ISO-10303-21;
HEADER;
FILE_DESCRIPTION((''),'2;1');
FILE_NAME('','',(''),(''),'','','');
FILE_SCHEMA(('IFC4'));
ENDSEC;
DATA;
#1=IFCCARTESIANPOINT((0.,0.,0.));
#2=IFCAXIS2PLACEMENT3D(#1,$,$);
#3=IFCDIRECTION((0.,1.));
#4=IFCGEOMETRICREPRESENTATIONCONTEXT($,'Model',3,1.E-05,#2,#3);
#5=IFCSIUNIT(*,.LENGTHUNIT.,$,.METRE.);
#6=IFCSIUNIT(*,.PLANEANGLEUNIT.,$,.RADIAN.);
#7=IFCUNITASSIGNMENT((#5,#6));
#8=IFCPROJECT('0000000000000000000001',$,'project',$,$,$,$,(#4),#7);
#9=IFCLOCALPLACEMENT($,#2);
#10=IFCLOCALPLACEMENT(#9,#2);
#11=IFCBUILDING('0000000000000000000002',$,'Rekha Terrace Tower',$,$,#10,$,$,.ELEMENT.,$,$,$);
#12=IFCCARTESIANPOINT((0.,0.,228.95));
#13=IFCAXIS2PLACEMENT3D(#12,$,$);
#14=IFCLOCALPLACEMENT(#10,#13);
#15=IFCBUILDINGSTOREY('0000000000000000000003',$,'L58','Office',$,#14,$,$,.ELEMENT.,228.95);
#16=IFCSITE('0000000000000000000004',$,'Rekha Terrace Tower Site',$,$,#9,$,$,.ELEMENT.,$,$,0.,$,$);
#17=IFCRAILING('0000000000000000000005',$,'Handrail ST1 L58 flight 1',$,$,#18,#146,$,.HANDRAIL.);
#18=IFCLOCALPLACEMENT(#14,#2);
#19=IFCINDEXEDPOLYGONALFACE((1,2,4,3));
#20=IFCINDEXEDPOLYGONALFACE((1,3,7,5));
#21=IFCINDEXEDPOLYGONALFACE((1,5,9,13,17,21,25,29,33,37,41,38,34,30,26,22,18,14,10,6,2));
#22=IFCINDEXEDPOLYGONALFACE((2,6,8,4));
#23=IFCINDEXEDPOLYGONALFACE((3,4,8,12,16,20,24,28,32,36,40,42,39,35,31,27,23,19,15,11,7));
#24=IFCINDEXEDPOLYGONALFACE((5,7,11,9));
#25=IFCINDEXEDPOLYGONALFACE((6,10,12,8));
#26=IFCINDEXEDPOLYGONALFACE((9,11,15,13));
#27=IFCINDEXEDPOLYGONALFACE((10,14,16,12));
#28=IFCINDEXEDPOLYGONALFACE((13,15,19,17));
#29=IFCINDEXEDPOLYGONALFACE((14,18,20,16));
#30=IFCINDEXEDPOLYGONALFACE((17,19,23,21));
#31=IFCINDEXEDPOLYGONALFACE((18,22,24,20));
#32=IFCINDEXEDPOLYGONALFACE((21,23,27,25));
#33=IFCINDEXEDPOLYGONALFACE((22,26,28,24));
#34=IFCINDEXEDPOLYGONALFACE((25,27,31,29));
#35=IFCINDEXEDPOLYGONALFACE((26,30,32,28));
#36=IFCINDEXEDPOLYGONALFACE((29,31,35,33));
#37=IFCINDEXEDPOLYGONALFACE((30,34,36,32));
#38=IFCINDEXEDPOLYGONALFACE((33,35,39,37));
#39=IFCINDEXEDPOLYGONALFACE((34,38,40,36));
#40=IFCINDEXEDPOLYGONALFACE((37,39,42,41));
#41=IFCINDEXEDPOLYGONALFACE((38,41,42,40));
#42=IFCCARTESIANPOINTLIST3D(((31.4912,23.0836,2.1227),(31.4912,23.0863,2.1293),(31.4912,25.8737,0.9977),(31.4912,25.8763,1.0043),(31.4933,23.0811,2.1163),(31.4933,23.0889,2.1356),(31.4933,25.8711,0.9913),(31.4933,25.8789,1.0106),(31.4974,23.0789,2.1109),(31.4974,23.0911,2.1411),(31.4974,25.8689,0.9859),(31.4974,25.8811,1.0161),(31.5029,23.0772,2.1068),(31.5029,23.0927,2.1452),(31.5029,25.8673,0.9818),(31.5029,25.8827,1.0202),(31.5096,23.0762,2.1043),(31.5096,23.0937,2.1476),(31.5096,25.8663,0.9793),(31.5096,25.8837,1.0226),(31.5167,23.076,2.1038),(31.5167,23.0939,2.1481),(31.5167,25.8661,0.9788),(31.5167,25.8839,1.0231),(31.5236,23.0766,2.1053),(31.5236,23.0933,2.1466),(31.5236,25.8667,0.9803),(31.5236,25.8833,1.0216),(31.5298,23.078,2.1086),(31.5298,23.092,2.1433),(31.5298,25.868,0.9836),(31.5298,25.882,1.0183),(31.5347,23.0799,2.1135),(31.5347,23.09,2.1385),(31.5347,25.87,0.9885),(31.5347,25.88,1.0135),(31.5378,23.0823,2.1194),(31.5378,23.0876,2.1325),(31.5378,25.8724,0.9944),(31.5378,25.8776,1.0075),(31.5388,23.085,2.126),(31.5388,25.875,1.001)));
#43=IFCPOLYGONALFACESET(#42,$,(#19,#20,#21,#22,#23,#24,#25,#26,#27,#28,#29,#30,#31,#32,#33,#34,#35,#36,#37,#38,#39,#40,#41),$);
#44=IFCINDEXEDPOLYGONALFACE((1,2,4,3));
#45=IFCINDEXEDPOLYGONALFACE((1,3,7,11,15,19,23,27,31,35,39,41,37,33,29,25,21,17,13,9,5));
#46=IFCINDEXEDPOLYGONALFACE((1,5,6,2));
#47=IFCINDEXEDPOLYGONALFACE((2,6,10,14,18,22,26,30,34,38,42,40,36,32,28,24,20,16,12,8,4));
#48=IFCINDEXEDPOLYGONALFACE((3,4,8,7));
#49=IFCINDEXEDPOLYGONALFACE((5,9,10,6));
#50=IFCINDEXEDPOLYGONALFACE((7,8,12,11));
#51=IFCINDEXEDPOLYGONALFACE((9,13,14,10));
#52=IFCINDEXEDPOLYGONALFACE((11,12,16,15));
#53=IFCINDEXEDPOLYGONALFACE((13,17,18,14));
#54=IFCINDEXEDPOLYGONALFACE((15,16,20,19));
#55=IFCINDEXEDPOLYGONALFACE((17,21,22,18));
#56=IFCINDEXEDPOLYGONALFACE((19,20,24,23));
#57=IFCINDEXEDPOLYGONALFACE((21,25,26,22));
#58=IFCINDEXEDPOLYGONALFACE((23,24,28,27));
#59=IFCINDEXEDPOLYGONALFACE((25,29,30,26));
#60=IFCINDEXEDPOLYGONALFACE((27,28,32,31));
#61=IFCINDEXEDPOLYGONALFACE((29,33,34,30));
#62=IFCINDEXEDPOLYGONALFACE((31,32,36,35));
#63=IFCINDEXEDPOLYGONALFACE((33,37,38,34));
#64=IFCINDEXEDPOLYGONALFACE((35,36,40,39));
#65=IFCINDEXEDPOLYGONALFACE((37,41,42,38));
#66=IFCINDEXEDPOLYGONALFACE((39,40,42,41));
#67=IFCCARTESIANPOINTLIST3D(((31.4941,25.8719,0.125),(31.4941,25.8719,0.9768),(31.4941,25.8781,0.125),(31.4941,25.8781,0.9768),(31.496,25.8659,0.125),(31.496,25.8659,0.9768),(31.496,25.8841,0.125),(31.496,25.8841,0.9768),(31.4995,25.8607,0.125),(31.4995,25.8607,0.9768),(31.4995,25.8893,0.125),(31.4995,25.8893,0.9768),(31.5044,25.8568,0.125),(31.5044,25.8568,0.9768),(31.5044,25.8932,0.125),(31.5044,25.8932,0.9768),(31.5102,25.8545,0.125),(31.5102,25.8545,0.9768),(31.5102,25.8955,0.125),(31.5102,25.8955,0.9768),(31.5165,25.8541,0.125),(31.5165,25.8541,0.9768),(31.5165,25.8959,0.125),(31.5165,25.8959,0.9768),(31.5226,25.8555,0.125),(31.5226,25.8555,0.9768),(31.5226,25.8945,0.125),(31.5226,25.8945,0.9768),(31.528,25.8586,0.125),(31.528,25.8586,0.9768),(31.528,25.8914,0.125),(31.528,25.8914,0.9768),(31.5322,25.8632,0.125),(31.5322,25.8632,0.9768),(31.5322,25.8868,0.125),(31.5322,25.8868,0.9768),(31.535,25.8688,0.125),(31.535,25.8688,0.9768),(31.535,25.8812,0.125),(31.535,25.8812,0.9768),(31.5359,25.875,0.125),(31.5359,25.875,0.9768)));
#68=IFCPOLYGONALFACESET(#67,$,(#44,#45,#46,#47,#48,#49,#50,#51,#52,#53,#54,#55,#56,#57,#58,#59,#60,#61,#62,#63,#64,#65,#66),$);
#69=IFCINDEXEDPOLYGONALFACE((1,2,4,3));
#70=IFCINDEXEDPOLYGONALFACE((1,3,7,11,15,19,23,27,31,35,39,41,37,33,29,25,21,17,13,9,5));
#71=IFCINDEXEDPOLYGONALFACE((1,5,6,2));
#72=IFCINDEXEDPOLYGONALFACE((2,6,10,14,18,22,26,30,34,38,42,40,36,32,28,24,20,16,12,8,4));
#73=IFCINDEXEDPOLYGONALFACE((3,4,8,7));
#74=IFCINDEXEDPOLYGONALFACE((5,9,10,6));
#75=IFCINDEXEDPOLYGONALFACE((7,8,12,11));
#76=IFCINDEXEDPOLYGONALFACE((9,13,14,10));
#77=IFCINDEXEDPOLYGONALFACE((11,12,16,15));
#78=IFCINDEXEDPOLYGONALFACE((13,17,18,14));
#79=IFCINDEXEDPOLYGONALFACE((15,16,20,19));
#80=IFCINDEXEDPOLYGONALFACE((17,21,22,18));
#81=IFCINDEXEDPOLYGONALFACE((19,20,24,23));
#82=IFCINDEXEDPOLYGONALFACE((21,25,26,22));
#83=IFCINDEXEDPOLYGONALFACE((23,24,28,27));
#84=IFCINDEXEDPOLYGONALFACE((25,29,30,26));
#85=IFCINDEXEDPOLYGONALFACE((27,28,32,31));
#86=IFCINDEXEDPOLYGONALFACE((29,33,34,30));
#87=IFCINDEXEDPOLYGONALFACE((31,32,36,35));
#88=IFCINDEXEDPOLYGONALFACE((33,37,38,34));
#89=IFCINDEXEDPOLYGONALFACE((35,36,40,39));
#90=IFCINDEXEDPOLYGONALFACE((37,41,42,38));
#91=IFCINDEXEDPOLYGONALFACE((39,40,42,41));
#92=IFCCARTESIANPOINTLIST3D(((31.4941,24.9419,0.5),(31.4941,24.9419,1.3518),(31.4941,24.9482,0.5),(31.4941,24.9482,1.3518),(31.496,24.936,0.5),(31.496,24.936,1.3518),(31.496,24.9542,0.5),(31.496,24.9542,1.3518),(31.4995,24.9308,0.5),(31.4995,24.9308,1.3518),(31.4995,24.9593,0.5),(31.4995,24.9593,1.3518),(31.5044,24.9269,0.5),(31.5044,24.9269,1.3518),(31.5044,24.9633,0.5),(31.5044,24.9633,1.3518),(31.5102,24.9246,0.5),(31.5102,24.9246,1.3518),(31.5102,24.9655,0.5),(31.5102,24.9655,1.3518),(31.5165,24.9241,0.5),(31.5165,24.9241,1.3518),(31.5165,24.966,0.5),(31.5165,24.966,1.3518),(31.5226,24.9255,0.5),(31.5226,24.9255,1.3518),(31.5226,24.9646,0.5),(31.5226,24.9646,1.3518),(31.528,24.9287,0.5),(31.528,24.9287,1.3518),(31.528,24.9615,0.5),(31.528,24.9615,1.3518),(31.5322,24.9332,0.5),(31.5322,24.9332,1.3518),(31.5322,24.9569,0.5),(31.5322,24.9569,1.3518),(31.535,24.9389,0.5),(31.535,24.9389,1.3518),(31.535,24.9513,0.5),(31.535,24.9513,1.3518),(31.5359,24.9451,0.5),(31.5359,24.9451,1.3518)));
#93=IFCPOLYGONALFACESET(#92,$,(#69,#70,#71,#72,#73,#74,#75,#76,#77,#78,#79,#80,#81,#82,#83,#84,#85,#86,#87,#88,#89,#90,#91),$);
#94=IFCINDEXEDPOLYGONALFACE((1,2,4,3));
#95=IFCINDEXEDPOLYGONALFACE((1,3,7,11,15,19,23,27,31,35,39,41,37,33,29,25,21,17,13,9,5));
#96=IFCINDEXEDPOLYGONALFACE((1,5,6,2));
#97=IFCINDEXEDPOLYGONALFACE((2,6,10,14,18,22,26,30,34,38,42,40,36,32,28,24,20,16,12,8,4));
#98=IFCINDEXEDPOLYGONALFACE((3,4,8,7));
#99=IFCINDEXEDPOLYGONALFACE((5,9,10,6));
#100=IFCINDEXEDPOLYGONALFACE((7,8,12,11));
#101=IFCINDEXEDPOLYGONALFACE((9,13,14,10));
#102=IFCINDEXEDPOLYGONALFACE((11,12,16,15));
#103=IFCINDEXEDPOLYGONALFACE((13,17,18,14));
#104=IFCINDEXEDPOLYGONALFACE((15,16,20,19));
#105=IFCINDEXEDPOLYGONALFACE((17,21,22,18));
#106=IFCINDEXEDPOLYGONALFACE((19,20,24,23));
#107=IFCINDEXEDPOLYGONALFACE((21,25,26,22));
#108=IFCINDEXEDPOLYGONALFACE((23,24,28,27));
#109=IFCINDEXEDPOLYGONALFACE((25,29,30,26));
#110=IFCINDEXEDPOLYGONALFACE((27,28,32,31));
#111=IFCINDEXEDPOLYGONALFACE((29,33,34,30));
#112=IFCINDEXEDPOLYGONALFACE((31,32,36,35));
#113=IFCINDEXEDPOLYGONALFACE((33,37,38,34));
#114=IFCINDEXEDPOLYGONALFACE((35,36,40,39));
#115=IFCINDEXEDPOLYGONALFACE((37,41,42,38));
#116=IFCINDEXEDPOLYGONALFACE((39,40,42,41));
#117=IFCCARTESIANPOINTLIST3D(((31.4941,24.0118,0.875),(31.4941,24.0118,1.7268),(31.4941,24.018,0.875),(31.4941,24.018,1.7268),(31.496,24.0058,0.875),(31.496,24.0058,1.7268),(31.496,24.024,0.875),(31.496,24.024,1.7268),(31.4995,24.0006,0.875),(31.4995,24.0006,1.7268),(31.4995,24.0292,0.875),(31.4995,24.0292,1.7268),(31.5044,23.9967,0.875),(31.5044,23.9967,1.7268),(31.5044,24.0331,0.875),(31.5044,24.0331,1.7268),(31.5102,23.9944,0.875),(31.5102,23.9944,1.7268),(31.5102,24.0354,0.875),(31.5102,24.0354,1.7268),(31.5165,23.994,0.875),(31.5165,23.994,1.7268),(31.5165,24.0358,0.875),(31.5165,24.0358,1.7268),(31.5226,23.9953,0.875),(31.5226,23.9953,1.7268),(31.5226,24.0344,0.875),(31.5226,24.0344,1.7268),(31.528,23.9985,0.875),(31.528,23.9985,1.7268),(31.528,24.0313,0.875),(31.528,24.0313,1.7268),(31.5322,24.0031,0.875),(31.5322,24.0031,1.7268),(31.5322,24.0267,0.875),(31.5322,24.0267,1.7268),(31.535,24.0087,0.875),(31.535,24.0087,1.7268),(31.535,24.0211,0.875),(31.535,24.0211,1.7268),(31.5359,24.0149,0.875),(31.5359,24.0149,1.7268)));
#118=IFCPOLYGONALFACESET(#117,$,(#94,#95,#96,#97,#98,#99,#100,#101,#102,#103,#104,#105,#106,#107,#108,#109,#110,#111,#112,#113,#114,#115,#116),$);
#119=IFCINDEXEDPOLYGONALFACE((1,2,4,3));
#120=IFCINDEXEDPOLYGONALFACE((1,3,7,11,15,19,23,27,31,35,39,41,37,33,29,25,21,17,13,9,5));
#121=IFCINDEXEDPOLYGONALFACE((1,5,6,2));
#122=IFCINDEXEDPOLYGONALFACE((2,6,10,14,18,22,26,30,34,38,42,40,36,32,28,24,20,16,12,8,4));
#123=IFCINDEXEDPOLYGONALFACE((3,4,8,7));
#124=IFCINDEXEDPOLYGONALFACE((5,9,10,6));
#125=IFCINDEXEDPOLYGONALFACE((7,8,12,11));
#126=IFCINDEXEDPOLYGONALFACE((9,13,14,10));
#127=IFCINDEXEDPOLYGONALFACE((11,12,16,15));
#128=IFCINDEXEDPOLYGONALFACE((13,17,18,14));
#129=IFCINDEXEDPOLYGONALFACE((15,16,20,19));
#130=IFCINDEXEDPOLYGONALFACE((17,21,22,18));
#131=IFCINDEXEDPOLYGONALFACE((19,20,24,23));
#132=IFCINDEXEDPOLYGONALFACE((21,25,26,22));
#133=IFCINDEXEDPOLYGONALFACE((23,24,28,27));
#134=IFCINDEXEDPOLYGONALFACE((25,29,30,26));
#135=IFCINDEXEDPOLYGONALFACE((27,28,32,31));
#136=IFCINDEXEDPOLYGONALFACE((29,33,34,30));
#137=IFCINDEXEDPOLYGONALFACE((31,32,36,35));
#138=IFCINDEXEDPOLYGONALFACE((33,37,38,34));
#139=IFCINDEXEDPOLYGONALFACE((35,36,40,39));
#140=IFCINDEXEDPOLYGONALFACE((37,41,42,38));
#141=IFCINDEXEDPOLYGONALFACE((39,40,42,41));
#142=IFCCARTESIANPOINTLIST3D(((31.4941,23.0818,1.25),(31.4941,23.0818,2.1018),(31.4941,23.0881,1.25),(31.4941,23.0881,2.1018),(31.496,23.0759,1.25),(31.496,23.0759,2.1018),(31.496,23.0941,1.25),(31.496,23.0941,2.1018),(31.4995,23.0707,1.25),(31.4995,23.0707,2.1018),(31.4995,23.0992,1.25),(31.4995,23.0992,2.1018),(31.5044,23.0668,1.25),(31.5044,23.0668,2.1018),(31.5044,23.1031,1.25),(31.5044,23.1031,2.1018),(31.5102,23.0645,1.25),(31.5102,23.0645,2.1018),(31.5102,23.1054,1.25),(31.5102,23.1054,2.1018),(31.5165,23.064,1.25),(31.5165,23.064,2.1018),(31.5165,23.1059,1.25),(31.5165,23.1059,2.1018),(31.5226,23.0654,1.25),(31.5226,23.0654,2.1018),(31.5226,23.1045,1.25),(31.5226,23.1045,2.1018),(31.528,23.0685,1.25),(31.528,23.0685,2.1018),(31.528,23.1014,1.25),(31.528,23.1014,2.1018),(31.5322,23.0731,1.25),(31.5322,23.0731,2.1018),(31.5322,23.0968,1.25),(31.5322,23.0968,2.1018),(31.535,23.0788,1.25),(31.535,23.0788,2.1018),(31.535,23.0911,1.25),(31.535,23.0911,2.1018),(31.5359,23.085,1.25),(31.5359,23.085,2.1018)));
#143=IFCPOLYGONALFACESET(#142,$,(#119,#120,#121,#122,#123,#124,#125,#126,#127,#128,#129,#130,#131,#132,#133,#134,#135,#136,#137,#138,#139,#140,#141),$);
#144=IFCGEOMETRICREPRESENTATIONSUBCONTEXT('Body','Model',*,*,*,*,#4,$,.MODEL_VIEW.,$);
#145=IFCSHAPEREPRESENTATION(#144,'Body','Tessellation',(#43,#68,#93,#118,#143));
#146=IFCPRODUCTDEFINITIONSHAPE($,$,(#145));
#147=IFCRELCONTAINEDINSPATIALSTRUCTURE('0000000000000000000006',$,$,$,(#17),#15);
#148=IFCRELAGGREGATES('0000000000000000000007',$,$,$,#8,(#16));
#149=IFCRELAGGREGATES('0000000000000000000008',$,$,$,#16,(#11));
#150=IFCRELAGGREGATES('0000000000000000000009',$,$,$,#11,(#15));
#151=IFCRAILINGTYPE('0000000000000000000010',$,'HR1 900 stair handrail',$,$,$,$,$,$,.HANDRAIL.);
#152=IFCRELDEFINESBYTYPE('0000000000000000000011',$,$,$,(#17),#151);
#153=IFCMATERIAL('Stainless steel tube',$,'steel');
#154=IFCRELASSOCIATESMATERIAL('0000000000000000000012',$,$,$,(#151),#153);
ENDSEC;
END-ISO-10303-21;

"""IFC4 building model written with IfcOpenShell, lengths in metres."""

from ifc_helpers import new_model, si_unit, direction, frame, origin, origin_2d, place, context, subcontext, project, spatial, circle, extrude, material, type_object, element, save


model = new_model("IFC4")

# Units and contexts
model_context = context("Model", 3, precision=1e-05, world=origin(), true_north=direction((0.0, 1.0)))
body_context = subcontext(model_context, "Body", "Model", "MODEL_VIEW")
ifc_project = project(units=[si_unit("LENGTHUNIT", "METRE"), si_unit("PLANEANGLEUNIT", "RADIAN")], contexts=[model_context])

# Site, building, storey
site_placement = place(None, origin())
site = spatial("IfcSite", under=ifc_project, at=site_placement, Name="Rekha Terrace Tower Site", CompositionType="ELEMENT", RefElevation=0.0)
building_placement = place(site_placement, origin())
building = spatial("IfcBuilding", under=site, at=building_placement, Name="Rekha Terrace Tower", CompositionType="ELEMENT")
storey_placement = place(building_placement, frame((0.0, 0.0, 228.95)))
storey = spatial("IfcBuildingStorey", under=building, at=storey_placement, Name="L58", Description="Office", CompositionType="ELEMENT", Elevation=228.95)

# Railing
ifc_material_1 = material(Name="Stainless steel tube", Category="steel")
railing_type = type_object("IfcRailingType", Name="HR1 900 stair handrail", PredefinedType="HANDRAIL", material=ifc_material_1)
railing_1_placement = place(storey_placement, frame((31.5149, 25.875, 0.125)))
element("IfcRailing", 1, at=railing_1_placement, inside=storey, type_object=railing_type, Name="Handrail ST1 L58 flight 1", PredefinedType="HANDRAIL", context=body_context, shape_type="SweptSolid", body=[
    extrude(circle(Radius=0.0239, at=origin_2d()), frame((0.0, 0.0, 0.876), z_axis=(0.0, -0.927443, 0.373964), x_axis=(1.0, 0.0, 0.0)), (0.0, 0.0, 1.0), 3.0083),
    extrude(circle(Radius=0.021, at=origin_2d()), origin(), (0.0, 0.0, 1.0), 0.8518),
    extrude(circle(Radius=0.021, at=origin_2d()), frame((0.0, -0.9299, 0.375)), (0.0, 0.0, 1.0), 0.8518),
    extrude(circle(Radius=0.021, at=origin_2d()), frame((0.0, -1.8601, 0.75)), (0.0, 0.0, 1.0), 0.8518),
    extrude(circle(Radius=0.021, at=origin_2d()), frame((0.0, -2.79, 1.125)), (0.0, 0.0, 1.0), 0.8518),
])

save(model, "model.ifc")
